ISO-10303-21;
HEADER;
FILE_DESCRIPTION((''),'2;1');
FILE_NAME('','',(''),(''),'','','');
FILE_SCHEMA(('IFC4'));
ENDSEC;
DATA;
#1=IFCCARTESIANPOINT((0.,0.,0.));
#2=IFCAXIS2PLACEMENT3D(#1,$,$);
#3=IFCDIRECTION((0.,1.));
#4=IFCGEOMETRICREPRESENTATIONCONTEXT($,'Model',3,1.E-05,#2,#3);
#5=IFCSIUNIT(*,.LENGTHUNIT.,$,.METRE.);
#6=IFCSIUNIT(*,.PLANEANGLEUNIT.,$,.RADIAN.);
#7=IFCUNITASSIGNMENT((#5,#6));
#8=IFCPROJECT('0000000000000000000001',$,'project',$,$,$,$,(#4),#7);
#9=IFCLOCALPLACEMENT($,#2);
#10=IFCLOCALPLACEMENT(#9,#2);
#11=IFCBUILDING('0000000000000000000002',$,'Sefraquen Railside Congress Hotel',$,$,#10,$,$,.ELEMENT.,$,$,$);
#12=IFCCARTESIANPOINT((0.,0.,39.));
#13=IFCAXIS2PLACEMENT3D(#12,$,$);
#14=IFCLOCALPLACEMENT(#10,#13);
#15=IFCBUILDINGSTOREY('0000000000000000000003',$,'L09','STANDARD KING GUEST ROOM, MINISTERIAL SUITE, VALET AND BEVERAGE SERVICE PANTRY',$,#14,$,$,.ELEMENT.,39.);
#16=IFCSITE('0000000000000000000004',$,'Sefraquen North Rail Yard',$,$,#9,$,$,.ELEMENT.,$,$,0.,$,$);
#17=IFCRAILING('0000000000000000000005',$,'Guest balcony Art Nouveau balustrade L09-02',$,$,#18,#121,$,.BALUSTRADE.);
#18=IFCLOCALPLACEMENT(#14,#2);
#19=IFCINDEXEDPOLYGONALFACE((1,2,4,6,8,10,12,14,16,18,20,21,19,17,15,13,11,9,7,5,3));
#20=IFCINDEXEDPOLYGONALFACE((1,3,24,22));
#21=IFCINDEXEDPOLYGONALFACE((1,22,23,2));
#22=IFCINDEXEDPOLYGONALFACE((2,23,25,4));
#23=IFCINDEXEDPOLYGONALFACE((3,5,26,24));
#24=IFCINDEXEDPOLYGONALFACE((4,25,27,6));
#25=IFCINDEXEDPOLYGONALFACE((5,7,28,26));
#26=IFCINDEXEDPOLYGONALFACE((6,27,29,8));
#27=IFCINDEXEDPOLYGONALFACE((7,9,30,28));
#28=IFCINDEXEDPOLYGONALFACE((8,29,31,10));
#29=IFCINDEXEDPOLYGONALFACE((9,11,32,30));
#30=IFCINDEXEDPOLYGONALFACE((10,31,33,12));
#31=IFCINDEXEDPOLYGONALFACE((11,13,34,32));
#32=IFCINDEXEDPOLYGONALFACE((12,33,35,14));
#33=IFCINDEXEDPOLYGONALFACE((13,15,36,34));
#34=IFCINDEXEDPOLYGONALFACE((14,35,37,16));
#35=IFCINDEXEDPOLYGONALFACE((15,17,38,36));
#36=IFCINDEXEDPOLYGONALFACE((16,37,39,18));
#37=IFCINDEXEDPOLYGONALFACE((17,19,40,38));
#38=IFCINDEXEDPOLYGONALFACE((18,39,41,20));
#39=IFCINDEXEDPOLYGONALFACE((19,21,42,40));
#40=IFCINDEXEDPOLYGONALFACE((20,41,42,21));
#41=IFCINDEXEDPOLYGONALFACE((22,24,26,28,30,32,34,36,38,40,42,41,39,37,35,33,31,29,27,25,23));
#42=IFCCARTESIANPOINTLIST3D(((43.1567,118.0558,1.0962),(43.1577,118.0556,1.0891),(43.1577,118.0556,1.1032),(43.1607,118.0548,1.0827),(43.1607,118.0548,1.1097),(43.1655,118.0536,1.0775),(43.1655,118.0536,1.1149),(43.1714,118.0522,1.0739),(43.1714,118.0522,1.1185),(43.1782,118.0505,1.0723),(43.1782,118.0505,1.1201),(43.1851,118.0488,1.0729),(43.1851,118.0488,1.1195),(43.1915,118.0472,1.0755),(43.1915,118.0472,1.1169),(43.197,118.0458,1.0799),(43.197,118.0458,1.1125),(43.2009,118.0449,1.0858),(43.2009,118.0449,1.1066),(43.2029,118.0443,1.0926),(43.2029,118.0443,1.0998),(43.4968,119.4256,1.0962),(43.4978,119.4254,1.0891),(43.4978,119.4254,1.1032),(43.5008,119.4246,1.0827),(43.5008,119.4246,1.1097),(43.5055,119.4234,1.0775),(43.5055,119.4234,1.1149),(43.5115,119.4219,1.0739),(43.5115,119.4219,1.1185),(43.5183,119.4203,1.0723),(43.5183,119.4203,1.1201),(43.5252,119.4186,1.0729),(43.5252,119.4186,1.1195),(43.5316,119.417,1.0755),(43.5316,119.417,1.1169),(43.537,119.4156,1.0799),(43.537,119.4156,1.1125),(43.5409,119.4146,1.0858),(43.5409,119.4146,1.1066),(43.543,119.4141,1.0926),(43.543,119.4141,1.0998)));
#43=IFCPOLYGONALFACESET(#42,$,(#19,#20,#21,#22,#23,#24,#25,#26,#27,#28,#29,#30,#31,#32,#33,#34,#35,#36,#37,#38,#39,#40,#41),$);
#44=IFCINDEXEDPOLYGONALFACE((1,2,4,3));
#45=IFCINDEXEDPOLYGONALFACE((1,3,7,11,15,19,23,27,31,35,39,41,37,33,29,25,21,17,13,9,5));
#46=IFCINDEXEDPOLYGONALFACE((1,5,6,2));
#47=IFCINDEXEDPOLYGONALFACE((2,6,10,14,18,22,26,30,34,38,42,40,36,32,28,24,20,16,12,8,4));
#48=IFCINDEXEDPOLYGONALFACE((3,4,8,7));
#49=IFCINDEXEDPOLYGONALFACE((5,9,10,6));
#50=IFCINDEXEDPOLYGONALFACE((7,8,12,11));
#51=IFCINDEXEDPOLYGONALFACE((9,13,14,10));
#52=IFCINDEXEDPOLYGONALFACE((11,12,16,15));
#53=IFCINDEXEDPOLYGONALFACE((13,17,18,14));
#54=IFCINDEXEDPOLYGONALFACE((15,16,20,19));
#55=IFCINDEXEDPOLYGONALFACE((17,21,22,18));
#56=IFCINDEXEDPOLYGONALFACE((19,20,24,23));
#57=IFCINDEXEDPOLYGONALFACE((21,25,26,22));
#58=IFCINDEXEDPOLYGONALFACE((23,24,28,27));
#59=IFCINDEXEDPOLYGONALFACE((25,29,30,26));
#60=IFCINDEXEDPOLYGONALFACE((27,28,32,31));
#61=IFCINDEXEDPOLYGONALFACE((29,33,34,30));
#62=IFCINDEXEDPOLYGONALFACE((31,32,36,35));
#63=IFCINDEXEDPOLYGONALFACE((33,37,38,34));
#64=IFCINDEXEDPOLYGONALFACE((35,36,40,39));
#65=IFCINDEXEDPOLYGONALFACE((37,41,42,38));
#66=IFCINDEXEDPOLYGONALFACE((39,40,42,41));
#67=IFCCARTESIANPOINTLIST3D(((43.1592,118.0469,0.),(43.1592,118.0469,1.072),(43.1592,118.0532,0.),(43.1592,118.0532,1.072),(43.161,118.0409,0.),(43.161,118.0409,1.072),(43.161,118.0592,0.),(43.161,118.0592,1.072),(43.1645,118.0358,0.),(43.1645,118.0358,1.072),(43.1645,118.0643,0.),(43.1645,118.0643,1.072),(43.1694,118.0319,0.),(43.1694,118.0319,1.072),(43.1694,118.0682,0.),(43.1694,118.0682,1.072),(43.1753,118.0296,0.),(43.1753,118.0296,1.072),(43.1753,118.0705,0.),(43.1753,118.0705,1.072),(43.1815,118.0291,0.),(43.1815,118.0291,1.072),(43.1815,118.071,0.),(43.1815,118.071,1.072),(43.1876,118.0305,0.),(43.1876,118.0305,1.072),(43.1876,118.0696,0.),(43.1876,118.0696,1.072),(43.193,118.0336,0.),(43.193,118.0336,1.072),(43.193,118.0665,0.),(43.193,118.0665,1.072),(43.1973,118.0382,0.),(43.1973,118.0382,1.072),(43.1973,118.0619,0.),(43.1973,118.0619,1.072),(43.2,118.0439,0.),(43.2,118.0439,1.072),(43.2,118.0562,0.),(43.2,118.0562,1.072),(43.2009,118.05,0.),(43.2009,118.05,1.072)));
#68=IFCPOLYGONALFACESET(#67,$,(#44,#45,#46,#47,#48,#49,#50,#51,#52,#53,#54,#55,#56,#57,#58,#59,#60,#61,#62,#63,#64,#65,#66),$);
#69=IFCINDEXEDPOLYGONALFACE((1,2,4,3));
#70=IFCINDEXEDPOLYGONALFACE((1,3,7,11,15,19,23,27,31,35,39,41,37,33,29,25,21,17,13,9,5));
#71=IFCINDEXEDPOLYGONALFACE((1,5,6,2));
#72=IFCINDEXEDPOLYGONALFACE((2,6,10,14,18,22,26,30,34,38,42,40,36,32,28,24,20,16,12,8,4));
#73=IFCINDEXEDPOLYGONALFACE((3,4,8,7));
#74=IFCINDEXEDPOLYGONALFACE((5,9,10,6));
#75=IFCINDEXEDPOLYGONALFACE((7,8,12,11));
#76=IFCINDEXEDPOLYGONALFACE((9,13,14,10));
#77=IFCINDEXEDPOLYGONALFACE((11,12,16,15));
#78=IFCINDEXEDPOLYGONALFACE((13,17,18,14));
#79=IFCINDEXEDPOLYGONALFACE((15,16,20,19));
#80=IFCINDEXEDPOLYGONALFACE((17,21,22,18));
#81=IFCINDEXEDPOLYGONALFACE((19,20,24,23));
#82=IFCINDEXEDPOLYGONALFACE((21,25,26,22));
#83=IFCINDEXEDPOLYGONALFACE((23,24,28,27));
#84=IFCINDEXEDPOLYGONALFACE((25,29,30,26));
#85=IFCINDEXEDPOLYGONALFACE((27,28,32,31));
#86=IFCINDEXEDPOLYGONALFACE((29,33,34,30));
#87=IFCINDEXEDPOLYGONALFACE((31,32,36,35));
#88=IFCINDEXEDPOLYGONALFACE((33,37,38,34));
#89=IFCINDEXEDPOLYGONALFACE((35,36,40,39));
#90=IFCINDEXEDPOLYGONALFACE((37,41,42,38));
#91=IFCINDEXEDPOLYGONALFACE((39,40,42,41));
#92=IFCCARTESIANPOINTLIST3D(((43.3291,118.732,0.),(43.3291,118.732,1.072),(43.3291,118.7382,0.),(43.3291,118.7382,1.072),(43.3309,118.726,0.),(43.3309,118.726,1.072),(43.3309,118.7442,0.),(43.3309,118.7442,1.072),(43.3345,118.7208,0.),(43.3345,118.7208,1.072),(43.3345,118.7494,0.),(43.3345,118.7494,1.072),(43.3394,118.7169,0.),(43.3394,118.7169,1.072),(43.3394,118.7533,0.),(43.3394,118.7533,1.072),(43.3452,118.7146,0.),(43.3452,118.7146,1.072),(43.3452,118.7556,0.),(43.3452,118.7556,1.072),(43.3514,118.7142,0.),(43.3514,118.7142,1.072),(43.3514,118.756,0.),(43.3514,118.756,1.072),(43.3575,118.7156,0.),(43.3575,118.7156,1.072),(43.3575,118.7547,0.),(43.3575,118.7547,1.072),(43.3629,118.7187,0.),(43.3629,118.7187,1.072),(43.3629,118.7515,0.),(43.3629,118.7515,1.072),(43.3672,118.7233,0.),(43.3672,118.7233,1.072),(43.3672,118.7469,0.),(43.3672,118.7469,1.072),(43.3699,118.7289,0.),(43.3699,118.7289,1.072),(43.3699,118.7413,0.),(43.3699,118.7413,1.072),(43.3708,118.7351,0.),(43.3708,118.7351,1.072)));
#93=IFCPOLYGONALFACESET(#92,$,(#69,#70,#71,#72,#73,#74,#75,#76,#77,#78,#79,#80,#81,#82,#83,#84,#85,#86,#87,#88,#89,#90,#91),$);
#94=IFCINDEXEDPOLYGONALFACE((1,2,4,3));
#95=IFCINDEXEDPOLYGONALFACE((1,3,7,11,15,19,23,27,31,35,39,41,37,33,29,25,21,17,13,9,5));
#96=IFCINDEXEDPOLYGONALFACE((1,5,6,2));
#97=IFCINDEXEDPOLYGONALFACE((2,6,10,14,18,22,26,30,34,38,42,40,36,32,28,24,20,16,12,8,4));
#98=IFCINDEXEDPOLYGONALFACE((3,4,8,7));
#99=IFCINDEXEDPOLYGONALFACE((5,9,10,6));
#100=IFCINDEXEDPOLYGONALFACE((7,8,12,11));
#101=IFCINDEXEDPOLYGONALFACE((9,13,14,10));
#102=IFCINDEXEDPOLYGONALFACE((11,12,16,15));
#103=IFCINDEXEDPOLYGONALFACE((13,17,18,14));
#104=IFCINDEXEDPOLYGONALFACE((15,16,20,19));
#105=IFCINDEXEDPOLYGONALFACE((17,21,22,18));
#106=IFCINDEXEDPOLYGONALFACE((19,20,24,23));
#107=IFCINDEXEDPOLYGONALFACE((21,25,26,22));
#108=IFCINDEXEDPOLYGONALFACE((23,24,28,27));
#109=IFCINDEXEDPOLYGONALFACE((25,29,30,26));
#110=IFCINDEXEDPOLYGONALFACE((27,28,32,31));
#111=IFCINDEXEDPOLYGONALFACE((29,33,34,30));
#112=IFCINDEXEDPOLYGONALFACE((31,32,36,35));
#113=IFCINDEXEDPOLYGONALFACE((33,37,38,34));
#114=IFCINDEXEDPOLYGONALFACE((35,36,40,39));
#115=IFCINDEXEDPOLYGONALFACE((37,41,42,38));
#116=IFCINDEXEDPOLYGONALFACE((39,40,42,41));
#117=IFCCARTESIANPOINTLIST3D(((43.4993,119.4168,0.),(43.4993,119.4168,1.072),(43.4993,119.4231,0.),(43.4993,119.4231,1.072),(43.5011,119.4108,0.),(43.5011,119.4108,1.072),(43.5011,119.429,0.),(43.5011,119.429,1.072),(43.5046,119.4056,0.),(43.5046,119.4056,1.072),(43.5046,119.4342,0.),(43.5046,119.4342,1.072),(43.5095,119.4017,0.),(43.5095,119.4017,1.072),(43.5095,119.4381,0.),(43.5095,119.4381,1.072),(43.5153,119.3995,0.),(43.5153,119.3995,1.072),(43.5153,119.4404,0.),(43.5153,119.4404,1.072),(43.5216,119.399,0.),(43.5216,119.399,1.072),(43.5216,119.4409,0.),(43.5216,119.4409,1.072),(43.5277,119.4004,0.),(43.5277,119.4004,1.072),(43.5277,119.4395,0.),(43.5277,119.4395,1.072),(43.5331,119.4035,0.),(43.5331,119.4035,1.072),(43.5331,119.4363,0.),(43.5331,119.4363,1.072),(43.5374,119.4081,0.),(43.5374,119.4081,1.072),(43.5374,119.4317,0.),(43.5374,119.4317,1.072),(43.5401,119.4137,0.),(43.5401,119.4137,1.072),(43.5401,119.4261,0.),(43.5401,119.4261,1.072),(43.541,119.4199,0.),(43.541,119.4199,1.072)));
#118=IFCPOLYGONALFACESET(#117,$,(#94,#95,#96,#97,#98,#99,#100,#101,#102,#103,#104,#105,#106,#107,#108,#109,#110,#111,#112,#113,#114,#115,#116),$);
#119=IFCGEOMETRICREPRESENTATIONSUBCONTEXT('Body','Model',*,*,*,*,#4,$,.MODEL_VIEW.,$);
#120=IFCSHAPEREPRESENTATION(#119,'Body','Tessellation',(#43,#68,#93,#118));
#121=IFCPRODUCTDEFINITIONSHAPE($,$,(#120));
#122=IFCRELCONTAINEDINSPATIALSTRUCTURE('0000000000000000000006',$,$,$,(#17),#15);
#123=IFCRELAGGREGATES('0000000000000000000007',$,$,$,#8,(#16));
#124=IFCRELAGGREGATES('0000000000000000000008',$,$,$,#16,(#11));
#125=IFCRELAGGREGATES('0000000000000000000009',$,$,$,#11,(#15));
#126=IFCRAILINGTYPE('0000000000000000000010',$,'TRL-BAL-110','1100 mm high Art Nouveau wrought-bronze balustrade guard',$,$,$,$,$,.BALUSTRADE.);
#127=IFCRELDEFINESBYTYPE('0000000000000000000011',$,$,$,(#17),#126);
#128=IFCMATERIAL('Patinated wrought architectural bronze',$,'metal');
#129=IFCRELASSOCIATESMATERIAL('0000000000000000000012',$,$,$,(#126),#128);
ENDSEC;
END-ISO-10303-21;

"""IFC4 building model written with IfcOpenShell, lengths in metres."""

from ifc_helpers import new_model, si_unit, direction, frame, origin, origin_2d, place, context, subcontext, project, spatial, circle, extrude, material, type_object, element, save


model = new_model("IFC4")

# Units and contexts
model_context = context("Model", 3, precision=1e-05, world=origin(), true_north=direction((0.0, 1.0)))
body_context = subcontext(model_context, "Body", "Model", "MODEL_VIEW")
ifc_project = project(units=[si_unit("LENGTHUNIT", "METRE"), si_unit("PLANEANGLEUNIT", "RADIAN")], contexts=[model_context])

# Site, building, storey
site_placement = place(None, origin())
site = spatial("IfcSite", under=ifc_project, at=site_placement, Name="Sefraquen North Rail Yard", CompositionType="ELEMENT", RefElevation=0.0)
building_placement = place(site_placement, origin())
building = spatial("IfcBuilding", under=site, at=building_placement, Name="Sefraquen Railside Congress Hotel", CompositionType="ELEMENT")
storey_placement = place(building_placement, frame((0.0, 0.0, 39.0)))
storey = spatial("IfcBuildingStorey", under=building, at=storey_placement, Name="L09", Description="STANDARD KING GUEST ROOM, MINISTERIAL SUITE, VALET AND BEVERAGE SERVICE PANTRY", CompositionType="ELEMENT", Elevation=39.0)

# Railing
ifc_material_1 = material(Name="Patinated wrought architectural bronze", Category="metal")
railing_type = type_object("IfcRailingType", Name="TRL-BAL-110", Description="1100 mm high Art Nouveau wrought-bronze balustrade guard", PredefinedType="BALUSTRADE", material=ifc_material_1)
railing_1_placement = place(storey_placement, frame((43.1799, 118.05, 0.0)))
element("IfcRailing", 1, at=railing_1_placement, inside=storey, type_object=railing_type, Name="Guest balcony Art Nouveau balustrade L09-02", PredefinedType="BALUSTRADE", context=body_context, shape_type="SweptSolid", body=[
    extrude(circle(Radius=0.0239, at=origin_2d()), frame((0.0, 0.0, 1.0962), z_axis=(0.240948, 0.970538, 0.0), x_axis=(-0.970538, 0.240948, 0.0)), (0.0, 0.0, 1.0), 1.4114),
    extrude(circle(Radius=0.021, at=origin_2d()), origin(), (0.0, 0.0, 1.0), 1.072),
    extrude(circle(Radius=0.021, at=origin_2d()), frame((0.1699, 0.6851, 0.0)), (0.0, 0.0, 1.0), 1.072),
    extrude(circle(Radius=0.021, at=origin_2d()), frame((0.3401, 1.3699, 0.0)), (0.0, 0.0, 1.0), 1.072),
])

save(model, "model.ifc")
